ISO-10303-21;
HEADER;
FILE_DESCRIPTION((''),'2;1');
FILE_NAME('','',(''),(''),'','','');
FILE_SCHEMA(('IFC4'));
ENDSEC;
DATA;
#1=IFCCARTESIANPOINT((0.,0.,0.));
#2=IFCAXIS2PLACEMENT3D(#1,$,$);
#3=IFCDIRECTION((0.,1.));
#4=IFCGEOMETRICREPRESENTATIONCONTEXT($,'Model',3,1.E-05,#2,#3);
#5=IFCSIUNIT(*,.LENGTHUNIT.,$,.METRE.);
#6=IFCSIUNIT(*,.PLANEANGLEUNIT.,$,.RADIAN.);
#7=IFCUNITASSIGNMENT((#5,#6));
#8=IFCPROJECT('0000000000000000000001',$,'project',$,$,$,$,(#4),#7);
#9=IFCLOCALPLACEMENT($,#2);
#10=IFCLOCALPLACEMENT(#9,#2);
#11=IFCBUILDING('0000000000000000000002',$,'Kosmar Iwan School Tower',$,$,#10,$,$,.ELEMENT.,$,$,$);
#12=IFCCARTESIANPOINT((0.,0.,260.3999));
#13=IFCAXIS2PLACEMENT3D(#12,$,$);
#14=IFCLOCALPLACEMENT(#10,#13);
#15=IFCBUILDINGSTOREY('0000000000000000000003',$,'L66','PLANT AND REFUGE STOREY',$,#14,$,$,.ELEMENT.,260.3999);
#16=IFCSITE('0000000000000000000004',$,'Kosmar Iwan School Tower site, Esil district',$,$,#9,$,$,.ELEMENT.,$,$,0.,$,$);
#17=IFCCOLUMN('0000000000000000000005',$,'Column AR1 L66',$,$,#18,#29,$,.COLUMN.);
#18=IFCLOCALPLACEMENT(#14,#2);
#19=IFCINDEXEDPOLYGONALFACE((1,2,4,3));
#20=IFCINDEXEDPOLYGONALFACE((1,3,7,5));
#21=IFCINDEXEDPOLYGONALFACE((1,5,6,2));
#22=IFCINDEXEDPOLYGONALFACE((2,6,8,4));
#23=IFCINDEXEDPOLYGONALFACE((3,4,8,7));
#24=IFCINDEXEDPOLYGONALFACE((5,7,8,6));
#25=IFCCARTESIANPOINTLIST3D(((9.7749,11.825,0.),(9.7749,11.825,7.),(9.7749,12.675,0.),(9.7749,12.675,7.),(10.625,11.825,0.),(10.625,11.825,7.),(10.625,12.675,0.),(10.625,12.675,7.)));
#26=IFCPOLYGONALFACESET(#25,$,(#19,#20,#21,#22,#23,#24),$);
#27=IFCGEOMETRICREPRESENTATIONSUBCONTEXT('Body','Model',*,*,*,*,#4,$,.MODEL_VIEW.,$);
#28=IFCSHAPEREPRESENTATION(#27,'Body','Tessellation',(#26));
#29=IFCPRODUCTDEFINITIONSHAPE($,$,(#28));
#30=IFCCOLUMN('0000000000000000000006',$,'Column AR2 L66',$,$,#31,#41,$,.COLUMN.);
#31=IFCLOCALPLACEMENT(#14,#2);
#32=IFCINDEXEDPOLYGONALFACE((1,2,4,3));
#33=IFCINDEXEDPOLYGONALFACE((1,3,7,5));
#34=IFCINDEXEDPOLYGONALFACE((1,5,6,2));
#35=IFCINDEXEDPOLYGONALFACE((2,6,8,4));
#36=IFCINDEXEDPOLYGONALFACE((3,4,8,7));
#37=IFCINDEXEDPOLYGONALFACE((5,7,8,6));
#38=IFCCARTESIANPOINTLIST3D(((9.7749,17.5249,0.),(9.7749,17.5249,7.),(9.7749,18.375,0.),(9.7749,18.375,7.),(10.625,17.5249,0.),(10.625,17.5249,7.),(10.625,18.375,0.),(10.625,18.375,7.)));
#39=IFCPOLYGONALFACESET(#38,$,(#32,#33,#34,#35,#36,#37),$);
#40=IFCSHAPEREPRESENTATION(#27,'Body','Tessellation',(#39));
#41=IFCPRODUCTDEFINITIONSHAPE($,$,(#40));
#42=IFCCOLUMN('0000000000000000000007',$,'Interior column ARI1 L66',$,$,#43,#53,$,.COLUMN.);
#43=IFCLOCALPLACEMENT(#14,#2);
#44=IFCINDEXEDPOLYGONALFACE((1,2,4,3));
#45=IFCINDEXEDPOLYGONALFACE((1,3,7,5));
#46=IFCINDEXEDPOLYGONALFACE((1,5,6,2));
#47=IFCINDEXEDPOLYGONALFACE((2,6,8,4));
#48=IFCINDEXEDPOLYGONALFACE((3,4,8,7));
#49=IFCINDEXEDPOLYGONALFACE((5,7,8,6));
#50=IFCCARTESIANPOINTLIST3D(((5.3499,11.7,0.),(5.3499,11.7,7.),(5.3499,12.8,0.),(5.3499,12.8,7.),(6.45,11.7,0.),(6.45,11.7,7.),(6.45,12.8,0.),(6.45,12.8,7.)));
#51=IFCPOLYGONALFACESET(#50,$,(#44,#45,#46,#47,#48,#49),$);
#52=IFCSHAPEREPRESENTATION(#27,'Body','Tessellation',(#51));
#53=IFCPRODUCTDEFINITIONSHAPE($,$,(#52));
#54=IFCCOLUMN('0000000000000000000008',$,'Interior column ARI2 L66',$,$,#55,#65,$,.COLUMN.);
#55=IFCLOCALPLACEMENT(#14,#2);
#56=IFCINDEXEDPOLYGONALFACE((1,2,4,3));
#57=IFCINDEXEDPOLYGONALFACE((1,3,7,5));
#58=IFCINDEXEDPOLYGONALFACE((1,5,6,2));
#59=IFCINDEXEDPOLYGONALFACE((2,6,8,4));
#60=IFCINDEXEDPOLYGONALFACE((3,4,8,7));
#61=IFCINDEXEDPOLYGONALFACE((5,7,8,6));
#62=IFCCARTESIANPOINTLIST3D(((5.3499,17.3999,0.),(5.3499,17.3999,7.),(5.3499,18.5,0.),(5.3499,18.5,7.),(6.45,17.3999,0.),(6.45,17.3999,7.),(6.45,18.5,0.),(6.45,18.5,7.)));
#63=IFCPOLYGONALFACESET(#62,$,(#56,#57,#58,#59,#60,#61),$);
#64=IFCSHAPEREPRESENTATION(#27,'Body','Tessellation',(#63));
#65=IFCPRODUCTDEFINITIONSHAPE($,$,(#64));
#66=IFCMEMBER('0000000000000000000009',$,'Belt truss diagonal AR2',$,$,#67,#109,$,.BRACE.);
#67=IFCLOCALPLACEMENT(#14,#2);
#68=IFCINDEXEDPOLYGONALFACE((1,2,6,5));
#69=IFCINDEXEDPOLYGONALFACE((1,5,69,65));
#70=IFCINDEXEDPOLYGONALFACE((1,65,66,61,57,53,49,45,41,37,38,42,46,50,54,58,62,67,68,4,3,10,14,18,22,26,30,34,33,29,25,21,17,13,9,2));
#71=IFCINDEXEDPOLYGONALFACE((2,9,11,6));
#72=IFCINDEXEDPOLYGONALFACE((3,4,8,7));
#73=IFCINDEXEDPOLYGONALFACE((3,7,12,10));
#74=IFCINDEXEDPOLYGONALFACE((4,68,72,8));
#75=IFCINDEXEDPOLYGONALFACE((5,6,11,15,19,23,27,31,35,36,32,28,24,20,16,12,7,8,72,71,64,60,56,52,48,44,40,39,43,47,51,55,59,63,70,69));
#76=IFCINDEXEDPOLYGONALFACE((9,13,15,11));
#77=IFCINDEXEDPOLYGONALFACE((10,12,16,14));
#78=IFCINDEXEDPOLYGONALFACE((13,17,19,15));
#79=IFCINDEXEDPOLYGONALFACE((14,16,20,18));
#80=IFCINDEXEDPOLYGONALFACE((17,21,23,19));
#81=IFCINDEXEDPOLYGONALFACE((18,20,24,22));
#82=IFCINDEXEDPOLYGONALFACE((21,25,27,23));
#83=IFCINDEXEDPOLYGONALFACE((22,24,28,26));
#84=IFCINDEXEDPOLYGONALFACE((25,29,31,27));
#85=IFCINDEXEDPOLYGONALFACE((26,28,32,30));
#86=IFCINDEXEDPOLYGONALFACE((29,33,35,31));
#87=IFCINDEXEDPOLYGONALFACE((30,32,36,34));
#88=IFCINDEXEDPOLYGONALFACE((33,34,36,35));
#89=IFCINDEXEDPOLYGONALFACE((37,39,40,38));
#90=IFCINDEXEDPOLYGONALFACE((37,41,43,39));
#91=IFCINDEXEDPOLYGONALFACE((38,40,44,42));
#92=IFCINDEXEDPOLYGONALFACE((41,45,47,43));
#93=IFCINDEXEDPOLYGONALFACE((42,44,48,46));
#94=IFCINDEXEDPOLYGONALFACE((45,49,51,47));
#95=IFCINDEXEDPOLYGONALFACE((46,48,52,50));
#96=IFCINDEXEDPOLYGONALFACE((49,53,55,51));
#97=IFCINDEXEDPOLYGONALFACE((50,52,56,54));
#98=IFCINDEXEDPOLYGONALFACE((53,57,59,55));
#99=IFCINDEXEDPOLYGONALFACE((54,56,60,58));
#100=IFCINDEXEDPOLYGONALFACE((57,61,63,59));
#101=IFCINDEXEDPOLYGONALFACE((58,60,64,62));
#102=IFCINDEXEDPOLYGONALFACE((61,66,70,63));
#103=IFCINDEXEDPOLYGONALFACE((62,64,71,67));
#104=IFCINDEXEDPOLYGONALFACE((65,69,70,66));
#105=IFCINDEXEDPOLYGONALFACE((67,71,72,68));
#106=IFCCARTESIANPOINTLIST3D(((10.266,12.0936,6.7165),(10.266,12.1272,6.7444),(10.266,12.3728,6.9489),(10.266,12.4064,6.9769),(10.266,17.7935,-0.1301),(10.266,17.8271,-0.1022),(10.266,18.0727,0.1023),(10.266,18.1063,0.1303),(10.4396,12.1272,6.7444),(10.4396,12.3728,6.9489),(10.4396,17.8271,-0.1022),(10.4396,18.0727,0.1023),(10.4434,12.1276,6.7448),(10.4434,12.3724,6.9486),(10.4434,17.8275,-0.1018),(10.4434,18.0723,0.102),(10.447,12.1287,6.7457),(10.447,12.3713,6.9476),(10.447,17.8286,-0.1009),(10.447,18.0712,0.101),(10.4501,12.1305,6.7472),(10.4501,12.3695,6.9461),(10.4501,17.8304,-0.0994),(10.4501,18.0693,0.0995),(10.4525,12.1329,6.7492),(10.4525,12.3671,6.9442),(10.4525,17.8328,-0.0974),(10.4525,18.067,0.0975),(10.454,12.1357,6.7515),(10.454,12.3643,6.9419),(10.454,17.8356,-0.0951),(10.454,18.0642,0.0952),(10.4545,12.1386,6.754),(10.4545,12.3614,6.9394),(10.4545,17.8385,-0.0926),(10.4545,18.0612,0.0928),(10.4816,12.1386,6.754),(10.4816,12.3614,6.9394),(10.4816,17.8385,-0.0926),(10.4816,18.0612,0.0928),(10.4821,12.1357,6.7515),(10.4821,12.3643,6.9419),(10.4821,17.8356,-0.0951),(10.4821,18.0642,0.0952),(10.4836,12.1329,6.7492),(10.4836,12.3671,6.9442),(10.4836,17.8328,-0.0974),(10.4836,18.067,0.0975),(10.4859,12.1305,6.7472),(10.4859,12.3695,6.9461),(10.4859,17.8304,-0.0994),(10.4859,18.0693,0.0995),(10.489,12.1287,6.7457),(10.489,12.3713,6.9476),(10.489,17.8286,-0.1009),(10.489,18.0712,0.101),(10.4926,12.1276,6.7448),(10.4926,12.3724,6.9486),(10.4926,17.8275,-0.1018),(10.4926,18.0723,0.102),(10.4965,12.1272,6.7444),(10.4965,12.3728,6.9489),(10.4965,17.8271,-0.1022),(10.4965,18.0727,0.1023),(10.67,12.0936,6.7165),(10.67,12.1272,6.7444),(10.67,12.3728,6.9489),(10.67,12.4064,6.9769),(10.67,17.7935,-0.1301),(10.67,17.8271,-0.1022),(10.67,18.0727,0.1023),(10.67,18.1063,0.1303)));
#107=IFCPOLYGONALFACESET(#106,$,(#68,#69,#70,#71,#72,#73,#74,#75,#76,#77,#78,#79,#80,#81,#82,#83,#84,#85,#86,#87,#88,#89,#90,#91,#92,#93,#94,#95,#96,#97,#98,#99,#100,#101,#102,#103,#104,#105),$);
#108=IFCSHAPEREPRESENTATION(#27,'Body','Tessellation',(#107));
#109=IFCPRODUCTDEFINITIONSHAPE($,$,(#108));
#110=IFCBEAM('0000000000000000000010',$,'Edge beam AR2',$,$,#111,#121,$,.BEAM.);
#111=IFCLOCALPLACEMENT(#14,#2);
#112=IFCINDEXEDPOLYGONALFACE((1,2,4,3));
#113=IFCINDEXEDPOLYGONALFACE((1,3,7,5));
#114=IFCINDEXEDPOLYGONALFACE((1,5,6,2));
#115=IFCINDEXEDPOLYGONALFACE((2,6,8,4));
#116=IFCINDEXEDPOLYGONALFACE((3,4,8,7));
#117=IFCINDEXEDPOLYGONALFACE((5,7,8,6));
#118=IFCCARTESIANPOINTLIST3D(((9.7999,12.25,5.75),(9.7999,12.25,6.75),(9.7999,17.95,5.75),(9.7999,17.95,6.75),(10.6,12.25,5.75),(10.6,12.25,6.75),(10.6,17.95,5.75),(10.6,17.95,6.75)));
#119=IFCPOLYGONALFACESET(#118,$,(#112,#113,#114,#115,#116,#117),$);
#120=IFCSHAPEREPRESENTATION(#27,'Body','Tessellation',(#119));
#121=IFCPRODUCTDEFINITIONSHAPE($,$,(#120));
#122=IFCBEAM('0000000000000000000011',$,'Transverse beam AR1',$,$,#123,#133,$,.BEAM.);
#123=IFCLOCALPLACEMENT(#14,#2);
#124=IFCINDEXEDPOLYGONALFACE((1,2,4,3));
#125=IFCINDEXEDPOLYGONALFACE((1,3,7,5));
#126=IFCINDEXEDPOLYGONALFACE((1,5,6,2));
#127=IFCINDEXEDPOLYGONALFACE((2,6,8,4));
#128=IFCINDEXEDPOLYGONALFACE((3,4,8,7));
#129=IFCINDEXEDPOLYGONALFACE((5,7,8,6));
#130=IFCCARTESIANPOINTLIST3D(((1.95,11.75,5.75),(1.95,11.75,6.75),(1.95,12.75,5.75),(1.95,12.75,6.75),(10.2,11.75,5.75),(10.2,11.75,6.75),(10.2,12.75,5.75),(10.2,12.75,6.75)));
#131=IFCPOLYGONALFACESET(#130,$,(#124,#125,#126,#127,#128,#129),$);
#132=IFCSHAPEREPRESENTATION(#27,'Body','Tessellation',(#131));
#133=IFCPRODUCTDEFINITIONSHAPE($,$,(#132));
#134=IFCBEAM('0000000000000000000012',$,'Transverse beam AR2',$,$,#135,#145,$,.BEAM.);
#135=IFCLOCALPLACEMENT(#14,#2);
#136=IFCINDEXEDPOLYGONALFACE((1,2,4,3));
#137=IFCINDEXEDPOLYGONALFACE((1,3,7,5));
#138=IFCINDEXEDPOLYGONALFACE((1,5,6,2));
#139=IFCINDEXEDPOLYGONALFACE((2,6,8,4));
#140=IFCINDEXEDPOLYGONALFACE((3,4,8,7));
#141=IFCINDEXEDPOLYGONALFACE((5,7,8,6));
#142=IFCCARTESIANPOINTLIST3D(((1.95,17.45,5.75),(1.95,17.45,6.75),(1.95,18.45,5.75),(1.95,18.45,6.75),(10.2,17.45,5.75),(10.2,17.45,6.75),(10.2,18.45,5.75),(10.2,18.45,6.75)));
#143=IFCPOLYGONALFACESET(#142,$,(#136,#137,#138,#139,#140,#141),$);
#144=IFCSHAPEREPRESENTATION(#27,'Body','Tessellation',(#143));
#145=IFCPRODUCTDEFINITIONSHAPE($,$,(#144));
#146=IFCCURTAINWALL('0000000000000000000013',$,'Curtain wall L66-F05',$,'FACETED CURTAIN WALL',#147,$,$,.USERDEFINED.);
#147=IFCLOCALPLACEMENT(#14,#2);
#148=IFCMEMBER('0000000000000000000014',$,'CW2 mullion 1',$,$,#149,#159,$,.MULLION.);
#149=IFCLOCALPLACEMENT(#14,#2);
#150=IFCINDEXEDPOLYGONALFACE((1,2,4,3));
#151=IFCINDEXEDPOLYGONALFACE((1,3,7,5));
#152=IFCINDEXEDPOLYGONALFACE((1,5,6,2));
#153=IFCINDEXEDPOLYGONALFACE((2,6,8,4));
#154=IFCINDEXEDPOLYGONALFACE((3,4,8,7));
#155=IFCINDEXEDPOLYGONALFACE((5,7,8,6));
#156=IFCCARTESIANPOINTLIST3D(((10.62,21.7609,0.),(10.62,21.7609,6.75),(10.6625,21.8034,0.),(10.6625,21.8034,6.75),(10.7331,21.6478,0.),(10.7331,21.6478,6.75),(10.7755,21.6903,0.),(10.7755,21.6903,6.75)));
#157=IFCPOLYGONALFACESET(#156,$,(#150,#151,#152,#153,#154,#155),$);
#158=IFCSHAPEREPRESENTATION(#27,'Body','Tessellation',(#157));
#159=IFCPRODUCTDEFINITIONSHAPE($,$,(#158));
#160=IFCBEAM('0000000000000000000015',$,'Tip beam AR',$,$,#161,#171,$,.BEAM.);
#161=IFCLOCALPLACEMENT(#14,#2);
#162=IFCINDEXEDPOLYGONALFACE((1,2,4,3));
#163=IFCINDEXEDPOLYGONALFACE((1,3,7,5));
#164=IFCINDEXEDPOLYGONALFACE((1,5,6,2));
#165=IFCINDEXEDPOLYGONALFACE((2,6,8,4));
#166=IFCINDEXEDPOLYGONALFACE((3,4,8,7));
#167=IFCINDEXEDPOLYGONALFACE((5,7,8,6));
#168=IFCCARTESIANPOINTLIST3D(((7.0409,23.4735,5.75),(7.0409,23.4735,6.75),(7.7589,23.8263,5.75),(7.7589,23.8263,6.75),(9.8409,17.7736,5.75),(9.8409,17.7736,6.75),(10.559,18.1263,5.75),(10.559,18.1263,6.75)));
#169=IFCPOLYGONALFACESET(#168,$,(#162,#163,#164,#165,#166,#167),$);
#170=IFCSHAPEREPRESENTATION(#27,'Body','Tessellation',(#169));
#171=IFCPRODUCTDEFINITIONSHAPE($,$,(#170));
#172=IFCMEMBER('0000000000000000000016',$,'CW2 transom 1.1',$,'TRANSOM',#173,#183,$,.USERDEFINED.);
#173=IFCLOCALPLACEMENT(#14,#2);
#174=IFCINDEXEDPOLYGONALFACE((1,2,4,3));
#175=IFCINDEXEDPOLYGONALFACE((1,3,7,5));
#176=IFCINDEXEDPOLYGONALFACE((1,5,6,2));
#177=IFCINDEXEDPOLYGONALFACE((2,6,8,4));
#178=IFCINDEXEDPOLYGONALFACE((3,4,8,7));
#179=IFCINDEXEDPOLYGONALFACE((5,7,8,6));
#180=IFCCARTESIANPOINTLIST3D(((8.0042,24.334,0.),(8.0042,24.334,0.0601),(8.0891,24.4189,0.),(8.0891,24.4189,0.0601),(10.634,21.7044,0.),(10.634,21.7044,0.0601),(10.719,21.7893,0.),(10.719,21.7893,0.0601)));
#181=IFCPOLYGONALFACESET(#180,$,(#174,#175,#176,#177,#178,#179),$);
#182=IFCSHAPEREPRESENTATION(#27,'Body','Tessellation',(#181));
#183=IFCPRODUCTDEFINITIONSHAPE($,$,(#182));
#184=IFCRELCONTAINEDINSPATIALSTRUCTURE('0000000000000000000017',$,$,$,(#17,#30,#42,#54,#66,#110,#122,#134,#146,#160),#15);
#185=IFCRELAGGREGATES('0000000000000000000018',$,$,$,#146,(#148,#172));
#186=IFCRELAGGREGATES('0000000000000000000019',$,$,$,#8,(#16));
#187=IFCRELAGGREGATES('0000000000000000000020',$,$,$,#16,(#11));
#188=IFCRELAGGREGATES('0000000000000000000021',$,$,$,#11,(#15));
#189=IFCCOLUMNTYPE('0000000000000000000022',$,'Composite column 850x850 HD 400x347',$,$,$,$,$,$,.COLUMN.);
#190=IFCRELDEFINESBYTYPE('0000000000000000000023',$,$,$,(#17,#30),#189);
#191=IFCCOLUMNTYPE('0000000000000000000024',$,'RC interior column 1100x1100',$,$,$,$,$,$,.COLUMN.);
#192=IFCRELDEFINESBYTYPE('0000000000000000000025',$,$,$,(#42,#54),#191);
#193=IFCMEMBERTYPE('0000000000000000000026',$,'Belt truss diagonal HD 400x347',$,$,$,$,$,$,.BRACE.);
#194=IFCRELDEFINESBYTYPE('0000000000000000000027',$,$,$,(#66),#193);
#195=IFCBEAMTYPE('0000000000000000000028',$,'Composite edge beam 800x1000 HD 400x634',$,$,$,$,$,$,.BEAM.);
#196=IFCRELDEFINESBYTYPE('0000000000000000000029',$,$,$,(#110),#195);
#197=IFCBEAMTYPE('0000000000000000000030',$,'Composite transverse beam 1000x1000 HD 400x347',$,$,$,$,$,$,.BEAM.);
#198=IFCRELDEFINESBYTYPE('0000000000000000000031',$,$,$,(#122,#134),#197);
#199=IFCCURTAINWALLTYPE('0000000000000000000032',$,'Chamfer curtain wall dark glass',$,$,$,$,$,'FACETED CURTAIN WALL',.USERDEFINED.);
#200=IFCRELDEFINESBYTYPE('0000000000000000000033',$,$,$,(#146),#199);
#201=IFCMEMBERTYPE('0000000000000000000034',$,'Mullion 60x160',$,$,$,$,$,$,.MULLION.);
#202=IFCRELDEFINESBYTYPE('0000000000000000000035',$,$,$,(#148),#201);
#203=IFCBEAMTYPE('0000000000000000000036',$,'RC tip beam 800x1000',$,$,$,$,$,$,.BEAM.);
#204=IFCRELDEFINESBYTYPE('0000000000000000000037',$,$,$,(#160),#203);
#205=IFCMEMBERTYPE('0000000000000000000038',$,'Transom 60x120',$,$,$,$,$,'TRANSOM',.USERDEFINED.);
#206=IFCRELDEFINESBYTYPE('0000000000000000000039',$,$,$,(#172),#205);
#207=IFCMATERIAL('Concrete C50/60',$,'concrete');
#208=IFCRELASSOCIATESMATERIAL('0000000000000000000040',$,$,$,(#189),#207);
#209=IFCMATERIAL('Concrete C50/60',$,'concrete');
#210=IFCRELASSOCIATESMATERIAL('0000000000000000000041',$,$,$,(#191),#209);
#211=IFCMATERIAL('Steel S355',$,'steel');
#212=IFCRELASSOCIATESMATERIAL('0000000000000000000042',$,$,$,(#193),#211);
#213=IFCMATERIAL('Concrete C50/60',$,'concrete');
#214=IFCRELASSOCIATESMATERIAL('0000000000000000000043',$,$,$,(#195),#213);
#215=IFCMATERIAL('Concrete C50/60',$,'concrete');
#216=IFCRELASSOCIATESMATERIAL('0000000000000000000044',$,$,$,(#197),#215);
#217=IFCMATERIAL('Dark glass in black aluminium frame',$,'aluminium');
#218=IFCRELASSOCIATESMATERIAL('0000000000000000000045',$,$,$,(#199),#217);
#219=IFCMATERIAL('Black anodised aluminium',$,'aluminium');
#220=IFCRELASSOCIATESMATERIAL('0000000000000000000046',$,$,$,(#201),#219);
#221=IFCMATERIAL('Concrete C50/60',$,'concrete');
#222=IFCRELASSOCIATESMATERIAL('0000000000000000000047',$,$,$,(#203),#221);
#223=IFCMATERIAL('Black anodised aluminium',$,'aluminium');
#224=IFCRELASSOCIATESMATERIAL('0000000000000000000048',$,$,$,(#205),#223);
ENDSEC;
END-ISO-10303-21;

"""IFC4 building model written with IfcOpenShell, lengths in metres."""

from ifc_helpers import new_model, si_unit, direction, frame, origin, origin_2d, place, context, subcontext, project, spatial, rectangle, i_section, extrude, material, material_profile, profile_set, type_object, element, aggregate, save


model = new_model("IFC4")

# Units and contexts
model_context = context("Model", 3, precision=1e-05, world=origin(), true_north=direction((0.0, 1.0)))
body_context = subcontext(model_context, "Body", "Model", "MODEL_VIEW")
ifc_project = project(units=[si_unit("LENGTHUNIT", "METRE"), si_unit("PLANEANGLEUNIT", "RADIAN")], contexts=[model_context])

# Site, building, storey
site_placement = place(None, origin())
site = spatial("IfcSite", under=ifc_project, at=site_placement, Name="Kosmar Iwan School Tower site, Esil district", CompositionType="ELEMENT", RefElevation=0.0)
building_placement = place(site_placement, origin())
building = spatial("IfcBuilding", under=site, at=building_placement, Name="Kosmar Iwan School Tower", CompositionType="ELEMENT")
storey_placement = place(building_placement, frame((0.0, 0.0, 260.3999)))
storey = spatial("IfcBuildingStorey", under=building, at=storey_placement, Name="L66", Description="PLANT AND REFUGE STOREY", CompositionType="ELEMENT", Elevation=260.3999)

# Columns
ifc_material_1 = material(Name="Concrete C50/60", Category="concrete")
ifc_material_profile_1 = material_profile(ifc_material_1, rectangle(XDim=0.8501, YDim=0.8501, at=origin_2d()), Name="RC 850x850 + HD 400x347")
ifc_profile_set_1 = profile_set([ifc_material_profile_1], Name="Concrete C50/60")
column_type_1 = type_object("IfcColumnType", Name="Composite column 850x850 HD 400x347", PredefinedType="COLUMN", material=ifc_profile_set_1)
for number, where, z_axis, x_axis, name in (
    (1, (10.2, 12.25, 0.0), (0.0, 0.0, 1.0), (0.0, 1.0, 0.0), "Column AR1 L66"),
    (2, (10.2, 17.95, 0.0), (0.0, 0.0, 1.0), (0.0, 1.0, 0.0), "Column AR2 L66"),
):
    element("IfcColumn", number, at=place(storey_placement, frame(where, z_axis=z_axis, x_axis=x_axis)), inside=storey, type_object=column_type_1, Name=name, PredefinedType="COLUMN", context=body_context, shape_type="SweptSolid", body=[
        extrude(rectangle(XDim=0.8501, YDim=0.8501, at=origin_2d()), origin(), (0.0, 0.0, 1.0), 7.0),
    ])
ifc_material_2 = material(Name="Concrete C50/60", Category="concrete")
ifc_material_profile_2 = material_profile(ifc_material_2, rectangle(XDim=1.1001, YDim=1.1001, at=origin_2d()), Name="RC 1100x1100")
ifc_profile_set_2 = profile_set([ifc_material_profile_2], Name="Concrete C50/60")
column_type_2 = type_object("IfcColumnType", Name="RC interior column 1100x1100", PredefinedType="COLUMN", material=ifc_profile_set_2)
for number, where, z_axis, x_axis, name in (
    (3, (5.8999, 12.25, 0.0), (0.0, 0.0, 1.0), (0.0, 1.0, 0.0), "Interior column ARI1 L66"),
    (4, (5.8999, 17.95, 0.0), (0.0, 0.0, 1.0), (0.0, 1.0, 0.0), "Interior column ARI2 L66"),
):
    element("IfcColumn", number, at=place(storey_placement, frame(where, z_axis=z_axis, x_axis=x_axis)), inside=storey, type_object=column_type_2, Name=name, PredefinedType="COLUMN", context=body_context, shape_type="SweptSolid", body=[
        extrude(rectangle(XDim=1.1001, YDim=1.1001, at=origin_2d()), origin(), (0.0, 0.0, 1.0), 7.0),
    ])

# Member
ifc_material_3 = material(Name="Steel S355", Category="steel")
ifc_material_profile_3 = material_profile(ifc_material_3, i_section(OverallWidth=0.4041, OverallDepth=0.407, WebThickness=0.0271, FlangeThickness=0.0437, FilletRadius=0.0149, at=origin_2d()), Name="HD 400x347")
ifc_profile_set_3 = profile_set([ifc_material_profile_3], Name="Steel S355")
member_type_1 = type_object("IfcMemberType", Name="Belt truss diagonal HD 400x347", PredefinedType="BRACE", material=ifc_profile_set_3)
member_1_placement = place(storey_placement, frame((10.468, 12.25, 6.8467), z_axis=(0.0, 0.639812, -0.768531), x_axis=(-1.0, 0.0, 0.0)))
element("IfcMember", 5, at=member_1_placement, inside=storey, type_object=member_type_1, Name="Belt truss diagonal AR2", PredefinedType="BRACE", context=body_context, shape_type="SweptSolid", body=[
    extrude(i_section(OverallWidth=0.4041, OverallDepth=0.407, WebThickness=0.0271, FlangeThickness=0.0437, FilletRadius=0.0149, at=origin_2d()), origin(), (0.0, 0.0, 1.0), 8.9087),
])

# Beams
ifc_material_4 = material(Name="Concrete C50/60", Category="concrete")
ifc_material_profile_4 = material_profile(ifc_material_4, rectangle(XDim=0.8, YDim=1.0, at=origin_2d()), Name="RC 800x1000 + HD 400x634")
ifc_profile_set_4 = profile_set([ifc_material_profile_4], Name="Concrete C50/60")
beam_type_1 = type_object("IfcBeamType", Name="Composite edge beam 800x1000 HD 400x634", PredefinedType="BEAM", material=ifc_profile_set_4)
beam_1_placement = place(storey_placement, frame((10.2, 12.25, 6.25), z_axis=(0.0, 1.0, 0.0), x_axis=(-1.0, 0.0, 0.0)))
element("IfcBeam", 6, at=beam_1_placement, inside=storey, type_object=beam_type_1, Name="Edge beam AR2", PredefinedType="BEAM", context=body_context, shape_type="SweptSolid", body=[
    extrude(rectangle(XDim=0.8, YDim=1.0, at=origin_2d()), origin(), (0.0, 0.0, 1.0), 5.7),
])
ifc_material_5 = material(Name="Concrete C50/60", Category="concrete")
ifc_material_profile_5 = material_profile(ifc_material_5, rectangle(XDim=1.0, YDim=1.0, at=origin_2d()), Name="RC 1000x1000 + HD 400x347")
ifc_profile_set_5 = profile_set([ifc_material_profile_5], Name="Concrete C50/60")
beam_type_2 = type_object("IfcBeamType", Name="Composite transverse beam 1000x1000 HD 400x347", PredefinedType="BEAM", material=ifc_profile_set_5)
for number, where, z_axis, x_axis, name in (
    (7, (10.2, 12.25, 6.25), (-1.0, 0.0, 0.0), (0.0, -1.0, 0.0), "Transverse beam AR1"),
    (8, (10.2, 17.95, 6.25), (-1.0, 0.0, 0.0), (0.0, -1.0, 0.0), "Transverse beam AR2"),
):
    element("IfcBeam", number, at=place(storey_placement, frame(where, z_axis=z_axis, x_axis=x_axis)), inside=storey, type_object=beam_type_2, Name=name, PredefinedType="BEAM", context=body_context, shape_type="SweptSolid", body=[
        extrude(rectangle(XDim=1.0, YDim=1.0, at=origin_2d()), origin(), (0.0, 0.0, 1.0), 8.25),
    ])

# Curtain wall, member
ifc_material_6 = material(Name="Dark glass in black aluminium frame", Category="aluminium")
curtain_wall_type = type_object("IfcCurtainWallType", Name="Chamfer curtain wall dark glass", ElementType="FACETED CURTAIN WALL", PredefinedType="USERDEFINED", material=ifc_material_6)
curtain_wall_placement = place(storey_placement, origin())
curtain_wall = element("IfcCurtainWall", 9, at=curtain_wall_placement, inside=storey, type_object=curtain_wall_type, Name="Curtain wall L66-F05", ObjectType="FACETED CURTAIN WALL", PredefinedType="USERDEFINED")
ifc_material_7 = material(Name="Black anodised aluminium", Category="aluminium")
ifc_material_profile_6 = material_profile(ifc_material_7, rectangle(XDim=0.0601, YDim=0.1599, at=origin_2d()), Name="MULLION 60x160")
ifc_profile_set_6 = profile_set([ifc_material_profile_6], Name="Black anodised aluminium")
member_type_2 = type_object("IfcMemberType", Name="Mullion 60x160", PredefinedType="MULLION", material=ifc_profile_set_6)
member_2_placement = place(storey_placement, frame((10.6978, 21.7256, 0.0), z_axis=(0.0, 0.0, 1.0), x_axis=(-0.707107, -0.707107, 0.0)))
member_2 = element("IfcMember", 10, at=member_2_placement, type_object=member_type_2, Name="CW2 mullion 1", PredefinedType="MULLION", context=body_context, shape_type="SweptSolid", body=[
    extrude(rectangle(XDim=0.0601, YDim=0.1599, at=origin_2d()), origin(), (0.0, 0.0, 1.0), 6.75),
])

# Beam
ifc_material_8 = material(Name="Concrete C50/60", Category="concrete")
ifc_material_profile_7 = material_profile(ifc_material_8, rectangle(XDim=0.8, YDim=1.0, at=origin_2d()), Name="RC 800x1000")
ifc_profile_set_7 = profile_set([ifc_material_profile_7], Name="Concrete C50/60")
beam_type_3 = type_object("IfcBeamType", Name="RC tip beam 800x1000", PredefinedType="BEAM", material=ifc_profile_set_7)
beam_2_placement = place(storey_placement, frame((10.2, 17.95, 6.25), z_axis=(-0.440913, 0.89755, 0.0), x_axis=(-0.89755, -0.440913, 0.0)))
element("IfcBeam", 11, at=beam_2_placement, inside=storey, type_object=beam_type_3, Name="Tip beam AR", PredefinedType="BEAM", context=body_context, shape_type="SweptSolid", body=[
    extrude(rectangle(XDim=0.8, YDim=1.0, at=origin_2d()), origin(), (0.0, 0.0, 1.0), 6.3506),
])

# Member
ifc_material_9 = material(Name="Black anodised aluminium", Category="aluminium")
ifc_material_profile_8 = material_profile(ifc_material_9, rectangle(XDim=0.1201, YDim=0.0601, at=origin_2d()), Name="TRANSOM 60x120")
ifc_profile_set_8 = profile_set([ifc_material_profile_8], Name="Black anodised aluminium")
member_type_3 = type_object("IfcMemberType", Name="Transom 60x120", ElementType="TRANSOM", PredefinedType="USERDEFINED", material=ifc_profile_set_8)
member_3_placement = place(storey_placement, frame((10.6765, 21.7468, 0.03), z_axis=(-0.70714, 0.707074, 0.0), x_axis=(-0.707074, -0.70714, 0.0)))
member_3 = element("IfcMember", 12, at=member_3_placement, type_object=member_type_3, Name="CW2 transom 1.1", ObjectType="TRANSOM", PredefinedType="USERDEFINED", context=body_context, shape_type="SweptSolid", body=[
    extrude(rectangle(XDim=0.1201, YDim=0.0601, at=origin_2d()), origin(), (0.0, 0.0, 1.0), 3.719),
])

aggregate(curtain_wall, [member_2, member_3])

save(model, "model.ifc")
